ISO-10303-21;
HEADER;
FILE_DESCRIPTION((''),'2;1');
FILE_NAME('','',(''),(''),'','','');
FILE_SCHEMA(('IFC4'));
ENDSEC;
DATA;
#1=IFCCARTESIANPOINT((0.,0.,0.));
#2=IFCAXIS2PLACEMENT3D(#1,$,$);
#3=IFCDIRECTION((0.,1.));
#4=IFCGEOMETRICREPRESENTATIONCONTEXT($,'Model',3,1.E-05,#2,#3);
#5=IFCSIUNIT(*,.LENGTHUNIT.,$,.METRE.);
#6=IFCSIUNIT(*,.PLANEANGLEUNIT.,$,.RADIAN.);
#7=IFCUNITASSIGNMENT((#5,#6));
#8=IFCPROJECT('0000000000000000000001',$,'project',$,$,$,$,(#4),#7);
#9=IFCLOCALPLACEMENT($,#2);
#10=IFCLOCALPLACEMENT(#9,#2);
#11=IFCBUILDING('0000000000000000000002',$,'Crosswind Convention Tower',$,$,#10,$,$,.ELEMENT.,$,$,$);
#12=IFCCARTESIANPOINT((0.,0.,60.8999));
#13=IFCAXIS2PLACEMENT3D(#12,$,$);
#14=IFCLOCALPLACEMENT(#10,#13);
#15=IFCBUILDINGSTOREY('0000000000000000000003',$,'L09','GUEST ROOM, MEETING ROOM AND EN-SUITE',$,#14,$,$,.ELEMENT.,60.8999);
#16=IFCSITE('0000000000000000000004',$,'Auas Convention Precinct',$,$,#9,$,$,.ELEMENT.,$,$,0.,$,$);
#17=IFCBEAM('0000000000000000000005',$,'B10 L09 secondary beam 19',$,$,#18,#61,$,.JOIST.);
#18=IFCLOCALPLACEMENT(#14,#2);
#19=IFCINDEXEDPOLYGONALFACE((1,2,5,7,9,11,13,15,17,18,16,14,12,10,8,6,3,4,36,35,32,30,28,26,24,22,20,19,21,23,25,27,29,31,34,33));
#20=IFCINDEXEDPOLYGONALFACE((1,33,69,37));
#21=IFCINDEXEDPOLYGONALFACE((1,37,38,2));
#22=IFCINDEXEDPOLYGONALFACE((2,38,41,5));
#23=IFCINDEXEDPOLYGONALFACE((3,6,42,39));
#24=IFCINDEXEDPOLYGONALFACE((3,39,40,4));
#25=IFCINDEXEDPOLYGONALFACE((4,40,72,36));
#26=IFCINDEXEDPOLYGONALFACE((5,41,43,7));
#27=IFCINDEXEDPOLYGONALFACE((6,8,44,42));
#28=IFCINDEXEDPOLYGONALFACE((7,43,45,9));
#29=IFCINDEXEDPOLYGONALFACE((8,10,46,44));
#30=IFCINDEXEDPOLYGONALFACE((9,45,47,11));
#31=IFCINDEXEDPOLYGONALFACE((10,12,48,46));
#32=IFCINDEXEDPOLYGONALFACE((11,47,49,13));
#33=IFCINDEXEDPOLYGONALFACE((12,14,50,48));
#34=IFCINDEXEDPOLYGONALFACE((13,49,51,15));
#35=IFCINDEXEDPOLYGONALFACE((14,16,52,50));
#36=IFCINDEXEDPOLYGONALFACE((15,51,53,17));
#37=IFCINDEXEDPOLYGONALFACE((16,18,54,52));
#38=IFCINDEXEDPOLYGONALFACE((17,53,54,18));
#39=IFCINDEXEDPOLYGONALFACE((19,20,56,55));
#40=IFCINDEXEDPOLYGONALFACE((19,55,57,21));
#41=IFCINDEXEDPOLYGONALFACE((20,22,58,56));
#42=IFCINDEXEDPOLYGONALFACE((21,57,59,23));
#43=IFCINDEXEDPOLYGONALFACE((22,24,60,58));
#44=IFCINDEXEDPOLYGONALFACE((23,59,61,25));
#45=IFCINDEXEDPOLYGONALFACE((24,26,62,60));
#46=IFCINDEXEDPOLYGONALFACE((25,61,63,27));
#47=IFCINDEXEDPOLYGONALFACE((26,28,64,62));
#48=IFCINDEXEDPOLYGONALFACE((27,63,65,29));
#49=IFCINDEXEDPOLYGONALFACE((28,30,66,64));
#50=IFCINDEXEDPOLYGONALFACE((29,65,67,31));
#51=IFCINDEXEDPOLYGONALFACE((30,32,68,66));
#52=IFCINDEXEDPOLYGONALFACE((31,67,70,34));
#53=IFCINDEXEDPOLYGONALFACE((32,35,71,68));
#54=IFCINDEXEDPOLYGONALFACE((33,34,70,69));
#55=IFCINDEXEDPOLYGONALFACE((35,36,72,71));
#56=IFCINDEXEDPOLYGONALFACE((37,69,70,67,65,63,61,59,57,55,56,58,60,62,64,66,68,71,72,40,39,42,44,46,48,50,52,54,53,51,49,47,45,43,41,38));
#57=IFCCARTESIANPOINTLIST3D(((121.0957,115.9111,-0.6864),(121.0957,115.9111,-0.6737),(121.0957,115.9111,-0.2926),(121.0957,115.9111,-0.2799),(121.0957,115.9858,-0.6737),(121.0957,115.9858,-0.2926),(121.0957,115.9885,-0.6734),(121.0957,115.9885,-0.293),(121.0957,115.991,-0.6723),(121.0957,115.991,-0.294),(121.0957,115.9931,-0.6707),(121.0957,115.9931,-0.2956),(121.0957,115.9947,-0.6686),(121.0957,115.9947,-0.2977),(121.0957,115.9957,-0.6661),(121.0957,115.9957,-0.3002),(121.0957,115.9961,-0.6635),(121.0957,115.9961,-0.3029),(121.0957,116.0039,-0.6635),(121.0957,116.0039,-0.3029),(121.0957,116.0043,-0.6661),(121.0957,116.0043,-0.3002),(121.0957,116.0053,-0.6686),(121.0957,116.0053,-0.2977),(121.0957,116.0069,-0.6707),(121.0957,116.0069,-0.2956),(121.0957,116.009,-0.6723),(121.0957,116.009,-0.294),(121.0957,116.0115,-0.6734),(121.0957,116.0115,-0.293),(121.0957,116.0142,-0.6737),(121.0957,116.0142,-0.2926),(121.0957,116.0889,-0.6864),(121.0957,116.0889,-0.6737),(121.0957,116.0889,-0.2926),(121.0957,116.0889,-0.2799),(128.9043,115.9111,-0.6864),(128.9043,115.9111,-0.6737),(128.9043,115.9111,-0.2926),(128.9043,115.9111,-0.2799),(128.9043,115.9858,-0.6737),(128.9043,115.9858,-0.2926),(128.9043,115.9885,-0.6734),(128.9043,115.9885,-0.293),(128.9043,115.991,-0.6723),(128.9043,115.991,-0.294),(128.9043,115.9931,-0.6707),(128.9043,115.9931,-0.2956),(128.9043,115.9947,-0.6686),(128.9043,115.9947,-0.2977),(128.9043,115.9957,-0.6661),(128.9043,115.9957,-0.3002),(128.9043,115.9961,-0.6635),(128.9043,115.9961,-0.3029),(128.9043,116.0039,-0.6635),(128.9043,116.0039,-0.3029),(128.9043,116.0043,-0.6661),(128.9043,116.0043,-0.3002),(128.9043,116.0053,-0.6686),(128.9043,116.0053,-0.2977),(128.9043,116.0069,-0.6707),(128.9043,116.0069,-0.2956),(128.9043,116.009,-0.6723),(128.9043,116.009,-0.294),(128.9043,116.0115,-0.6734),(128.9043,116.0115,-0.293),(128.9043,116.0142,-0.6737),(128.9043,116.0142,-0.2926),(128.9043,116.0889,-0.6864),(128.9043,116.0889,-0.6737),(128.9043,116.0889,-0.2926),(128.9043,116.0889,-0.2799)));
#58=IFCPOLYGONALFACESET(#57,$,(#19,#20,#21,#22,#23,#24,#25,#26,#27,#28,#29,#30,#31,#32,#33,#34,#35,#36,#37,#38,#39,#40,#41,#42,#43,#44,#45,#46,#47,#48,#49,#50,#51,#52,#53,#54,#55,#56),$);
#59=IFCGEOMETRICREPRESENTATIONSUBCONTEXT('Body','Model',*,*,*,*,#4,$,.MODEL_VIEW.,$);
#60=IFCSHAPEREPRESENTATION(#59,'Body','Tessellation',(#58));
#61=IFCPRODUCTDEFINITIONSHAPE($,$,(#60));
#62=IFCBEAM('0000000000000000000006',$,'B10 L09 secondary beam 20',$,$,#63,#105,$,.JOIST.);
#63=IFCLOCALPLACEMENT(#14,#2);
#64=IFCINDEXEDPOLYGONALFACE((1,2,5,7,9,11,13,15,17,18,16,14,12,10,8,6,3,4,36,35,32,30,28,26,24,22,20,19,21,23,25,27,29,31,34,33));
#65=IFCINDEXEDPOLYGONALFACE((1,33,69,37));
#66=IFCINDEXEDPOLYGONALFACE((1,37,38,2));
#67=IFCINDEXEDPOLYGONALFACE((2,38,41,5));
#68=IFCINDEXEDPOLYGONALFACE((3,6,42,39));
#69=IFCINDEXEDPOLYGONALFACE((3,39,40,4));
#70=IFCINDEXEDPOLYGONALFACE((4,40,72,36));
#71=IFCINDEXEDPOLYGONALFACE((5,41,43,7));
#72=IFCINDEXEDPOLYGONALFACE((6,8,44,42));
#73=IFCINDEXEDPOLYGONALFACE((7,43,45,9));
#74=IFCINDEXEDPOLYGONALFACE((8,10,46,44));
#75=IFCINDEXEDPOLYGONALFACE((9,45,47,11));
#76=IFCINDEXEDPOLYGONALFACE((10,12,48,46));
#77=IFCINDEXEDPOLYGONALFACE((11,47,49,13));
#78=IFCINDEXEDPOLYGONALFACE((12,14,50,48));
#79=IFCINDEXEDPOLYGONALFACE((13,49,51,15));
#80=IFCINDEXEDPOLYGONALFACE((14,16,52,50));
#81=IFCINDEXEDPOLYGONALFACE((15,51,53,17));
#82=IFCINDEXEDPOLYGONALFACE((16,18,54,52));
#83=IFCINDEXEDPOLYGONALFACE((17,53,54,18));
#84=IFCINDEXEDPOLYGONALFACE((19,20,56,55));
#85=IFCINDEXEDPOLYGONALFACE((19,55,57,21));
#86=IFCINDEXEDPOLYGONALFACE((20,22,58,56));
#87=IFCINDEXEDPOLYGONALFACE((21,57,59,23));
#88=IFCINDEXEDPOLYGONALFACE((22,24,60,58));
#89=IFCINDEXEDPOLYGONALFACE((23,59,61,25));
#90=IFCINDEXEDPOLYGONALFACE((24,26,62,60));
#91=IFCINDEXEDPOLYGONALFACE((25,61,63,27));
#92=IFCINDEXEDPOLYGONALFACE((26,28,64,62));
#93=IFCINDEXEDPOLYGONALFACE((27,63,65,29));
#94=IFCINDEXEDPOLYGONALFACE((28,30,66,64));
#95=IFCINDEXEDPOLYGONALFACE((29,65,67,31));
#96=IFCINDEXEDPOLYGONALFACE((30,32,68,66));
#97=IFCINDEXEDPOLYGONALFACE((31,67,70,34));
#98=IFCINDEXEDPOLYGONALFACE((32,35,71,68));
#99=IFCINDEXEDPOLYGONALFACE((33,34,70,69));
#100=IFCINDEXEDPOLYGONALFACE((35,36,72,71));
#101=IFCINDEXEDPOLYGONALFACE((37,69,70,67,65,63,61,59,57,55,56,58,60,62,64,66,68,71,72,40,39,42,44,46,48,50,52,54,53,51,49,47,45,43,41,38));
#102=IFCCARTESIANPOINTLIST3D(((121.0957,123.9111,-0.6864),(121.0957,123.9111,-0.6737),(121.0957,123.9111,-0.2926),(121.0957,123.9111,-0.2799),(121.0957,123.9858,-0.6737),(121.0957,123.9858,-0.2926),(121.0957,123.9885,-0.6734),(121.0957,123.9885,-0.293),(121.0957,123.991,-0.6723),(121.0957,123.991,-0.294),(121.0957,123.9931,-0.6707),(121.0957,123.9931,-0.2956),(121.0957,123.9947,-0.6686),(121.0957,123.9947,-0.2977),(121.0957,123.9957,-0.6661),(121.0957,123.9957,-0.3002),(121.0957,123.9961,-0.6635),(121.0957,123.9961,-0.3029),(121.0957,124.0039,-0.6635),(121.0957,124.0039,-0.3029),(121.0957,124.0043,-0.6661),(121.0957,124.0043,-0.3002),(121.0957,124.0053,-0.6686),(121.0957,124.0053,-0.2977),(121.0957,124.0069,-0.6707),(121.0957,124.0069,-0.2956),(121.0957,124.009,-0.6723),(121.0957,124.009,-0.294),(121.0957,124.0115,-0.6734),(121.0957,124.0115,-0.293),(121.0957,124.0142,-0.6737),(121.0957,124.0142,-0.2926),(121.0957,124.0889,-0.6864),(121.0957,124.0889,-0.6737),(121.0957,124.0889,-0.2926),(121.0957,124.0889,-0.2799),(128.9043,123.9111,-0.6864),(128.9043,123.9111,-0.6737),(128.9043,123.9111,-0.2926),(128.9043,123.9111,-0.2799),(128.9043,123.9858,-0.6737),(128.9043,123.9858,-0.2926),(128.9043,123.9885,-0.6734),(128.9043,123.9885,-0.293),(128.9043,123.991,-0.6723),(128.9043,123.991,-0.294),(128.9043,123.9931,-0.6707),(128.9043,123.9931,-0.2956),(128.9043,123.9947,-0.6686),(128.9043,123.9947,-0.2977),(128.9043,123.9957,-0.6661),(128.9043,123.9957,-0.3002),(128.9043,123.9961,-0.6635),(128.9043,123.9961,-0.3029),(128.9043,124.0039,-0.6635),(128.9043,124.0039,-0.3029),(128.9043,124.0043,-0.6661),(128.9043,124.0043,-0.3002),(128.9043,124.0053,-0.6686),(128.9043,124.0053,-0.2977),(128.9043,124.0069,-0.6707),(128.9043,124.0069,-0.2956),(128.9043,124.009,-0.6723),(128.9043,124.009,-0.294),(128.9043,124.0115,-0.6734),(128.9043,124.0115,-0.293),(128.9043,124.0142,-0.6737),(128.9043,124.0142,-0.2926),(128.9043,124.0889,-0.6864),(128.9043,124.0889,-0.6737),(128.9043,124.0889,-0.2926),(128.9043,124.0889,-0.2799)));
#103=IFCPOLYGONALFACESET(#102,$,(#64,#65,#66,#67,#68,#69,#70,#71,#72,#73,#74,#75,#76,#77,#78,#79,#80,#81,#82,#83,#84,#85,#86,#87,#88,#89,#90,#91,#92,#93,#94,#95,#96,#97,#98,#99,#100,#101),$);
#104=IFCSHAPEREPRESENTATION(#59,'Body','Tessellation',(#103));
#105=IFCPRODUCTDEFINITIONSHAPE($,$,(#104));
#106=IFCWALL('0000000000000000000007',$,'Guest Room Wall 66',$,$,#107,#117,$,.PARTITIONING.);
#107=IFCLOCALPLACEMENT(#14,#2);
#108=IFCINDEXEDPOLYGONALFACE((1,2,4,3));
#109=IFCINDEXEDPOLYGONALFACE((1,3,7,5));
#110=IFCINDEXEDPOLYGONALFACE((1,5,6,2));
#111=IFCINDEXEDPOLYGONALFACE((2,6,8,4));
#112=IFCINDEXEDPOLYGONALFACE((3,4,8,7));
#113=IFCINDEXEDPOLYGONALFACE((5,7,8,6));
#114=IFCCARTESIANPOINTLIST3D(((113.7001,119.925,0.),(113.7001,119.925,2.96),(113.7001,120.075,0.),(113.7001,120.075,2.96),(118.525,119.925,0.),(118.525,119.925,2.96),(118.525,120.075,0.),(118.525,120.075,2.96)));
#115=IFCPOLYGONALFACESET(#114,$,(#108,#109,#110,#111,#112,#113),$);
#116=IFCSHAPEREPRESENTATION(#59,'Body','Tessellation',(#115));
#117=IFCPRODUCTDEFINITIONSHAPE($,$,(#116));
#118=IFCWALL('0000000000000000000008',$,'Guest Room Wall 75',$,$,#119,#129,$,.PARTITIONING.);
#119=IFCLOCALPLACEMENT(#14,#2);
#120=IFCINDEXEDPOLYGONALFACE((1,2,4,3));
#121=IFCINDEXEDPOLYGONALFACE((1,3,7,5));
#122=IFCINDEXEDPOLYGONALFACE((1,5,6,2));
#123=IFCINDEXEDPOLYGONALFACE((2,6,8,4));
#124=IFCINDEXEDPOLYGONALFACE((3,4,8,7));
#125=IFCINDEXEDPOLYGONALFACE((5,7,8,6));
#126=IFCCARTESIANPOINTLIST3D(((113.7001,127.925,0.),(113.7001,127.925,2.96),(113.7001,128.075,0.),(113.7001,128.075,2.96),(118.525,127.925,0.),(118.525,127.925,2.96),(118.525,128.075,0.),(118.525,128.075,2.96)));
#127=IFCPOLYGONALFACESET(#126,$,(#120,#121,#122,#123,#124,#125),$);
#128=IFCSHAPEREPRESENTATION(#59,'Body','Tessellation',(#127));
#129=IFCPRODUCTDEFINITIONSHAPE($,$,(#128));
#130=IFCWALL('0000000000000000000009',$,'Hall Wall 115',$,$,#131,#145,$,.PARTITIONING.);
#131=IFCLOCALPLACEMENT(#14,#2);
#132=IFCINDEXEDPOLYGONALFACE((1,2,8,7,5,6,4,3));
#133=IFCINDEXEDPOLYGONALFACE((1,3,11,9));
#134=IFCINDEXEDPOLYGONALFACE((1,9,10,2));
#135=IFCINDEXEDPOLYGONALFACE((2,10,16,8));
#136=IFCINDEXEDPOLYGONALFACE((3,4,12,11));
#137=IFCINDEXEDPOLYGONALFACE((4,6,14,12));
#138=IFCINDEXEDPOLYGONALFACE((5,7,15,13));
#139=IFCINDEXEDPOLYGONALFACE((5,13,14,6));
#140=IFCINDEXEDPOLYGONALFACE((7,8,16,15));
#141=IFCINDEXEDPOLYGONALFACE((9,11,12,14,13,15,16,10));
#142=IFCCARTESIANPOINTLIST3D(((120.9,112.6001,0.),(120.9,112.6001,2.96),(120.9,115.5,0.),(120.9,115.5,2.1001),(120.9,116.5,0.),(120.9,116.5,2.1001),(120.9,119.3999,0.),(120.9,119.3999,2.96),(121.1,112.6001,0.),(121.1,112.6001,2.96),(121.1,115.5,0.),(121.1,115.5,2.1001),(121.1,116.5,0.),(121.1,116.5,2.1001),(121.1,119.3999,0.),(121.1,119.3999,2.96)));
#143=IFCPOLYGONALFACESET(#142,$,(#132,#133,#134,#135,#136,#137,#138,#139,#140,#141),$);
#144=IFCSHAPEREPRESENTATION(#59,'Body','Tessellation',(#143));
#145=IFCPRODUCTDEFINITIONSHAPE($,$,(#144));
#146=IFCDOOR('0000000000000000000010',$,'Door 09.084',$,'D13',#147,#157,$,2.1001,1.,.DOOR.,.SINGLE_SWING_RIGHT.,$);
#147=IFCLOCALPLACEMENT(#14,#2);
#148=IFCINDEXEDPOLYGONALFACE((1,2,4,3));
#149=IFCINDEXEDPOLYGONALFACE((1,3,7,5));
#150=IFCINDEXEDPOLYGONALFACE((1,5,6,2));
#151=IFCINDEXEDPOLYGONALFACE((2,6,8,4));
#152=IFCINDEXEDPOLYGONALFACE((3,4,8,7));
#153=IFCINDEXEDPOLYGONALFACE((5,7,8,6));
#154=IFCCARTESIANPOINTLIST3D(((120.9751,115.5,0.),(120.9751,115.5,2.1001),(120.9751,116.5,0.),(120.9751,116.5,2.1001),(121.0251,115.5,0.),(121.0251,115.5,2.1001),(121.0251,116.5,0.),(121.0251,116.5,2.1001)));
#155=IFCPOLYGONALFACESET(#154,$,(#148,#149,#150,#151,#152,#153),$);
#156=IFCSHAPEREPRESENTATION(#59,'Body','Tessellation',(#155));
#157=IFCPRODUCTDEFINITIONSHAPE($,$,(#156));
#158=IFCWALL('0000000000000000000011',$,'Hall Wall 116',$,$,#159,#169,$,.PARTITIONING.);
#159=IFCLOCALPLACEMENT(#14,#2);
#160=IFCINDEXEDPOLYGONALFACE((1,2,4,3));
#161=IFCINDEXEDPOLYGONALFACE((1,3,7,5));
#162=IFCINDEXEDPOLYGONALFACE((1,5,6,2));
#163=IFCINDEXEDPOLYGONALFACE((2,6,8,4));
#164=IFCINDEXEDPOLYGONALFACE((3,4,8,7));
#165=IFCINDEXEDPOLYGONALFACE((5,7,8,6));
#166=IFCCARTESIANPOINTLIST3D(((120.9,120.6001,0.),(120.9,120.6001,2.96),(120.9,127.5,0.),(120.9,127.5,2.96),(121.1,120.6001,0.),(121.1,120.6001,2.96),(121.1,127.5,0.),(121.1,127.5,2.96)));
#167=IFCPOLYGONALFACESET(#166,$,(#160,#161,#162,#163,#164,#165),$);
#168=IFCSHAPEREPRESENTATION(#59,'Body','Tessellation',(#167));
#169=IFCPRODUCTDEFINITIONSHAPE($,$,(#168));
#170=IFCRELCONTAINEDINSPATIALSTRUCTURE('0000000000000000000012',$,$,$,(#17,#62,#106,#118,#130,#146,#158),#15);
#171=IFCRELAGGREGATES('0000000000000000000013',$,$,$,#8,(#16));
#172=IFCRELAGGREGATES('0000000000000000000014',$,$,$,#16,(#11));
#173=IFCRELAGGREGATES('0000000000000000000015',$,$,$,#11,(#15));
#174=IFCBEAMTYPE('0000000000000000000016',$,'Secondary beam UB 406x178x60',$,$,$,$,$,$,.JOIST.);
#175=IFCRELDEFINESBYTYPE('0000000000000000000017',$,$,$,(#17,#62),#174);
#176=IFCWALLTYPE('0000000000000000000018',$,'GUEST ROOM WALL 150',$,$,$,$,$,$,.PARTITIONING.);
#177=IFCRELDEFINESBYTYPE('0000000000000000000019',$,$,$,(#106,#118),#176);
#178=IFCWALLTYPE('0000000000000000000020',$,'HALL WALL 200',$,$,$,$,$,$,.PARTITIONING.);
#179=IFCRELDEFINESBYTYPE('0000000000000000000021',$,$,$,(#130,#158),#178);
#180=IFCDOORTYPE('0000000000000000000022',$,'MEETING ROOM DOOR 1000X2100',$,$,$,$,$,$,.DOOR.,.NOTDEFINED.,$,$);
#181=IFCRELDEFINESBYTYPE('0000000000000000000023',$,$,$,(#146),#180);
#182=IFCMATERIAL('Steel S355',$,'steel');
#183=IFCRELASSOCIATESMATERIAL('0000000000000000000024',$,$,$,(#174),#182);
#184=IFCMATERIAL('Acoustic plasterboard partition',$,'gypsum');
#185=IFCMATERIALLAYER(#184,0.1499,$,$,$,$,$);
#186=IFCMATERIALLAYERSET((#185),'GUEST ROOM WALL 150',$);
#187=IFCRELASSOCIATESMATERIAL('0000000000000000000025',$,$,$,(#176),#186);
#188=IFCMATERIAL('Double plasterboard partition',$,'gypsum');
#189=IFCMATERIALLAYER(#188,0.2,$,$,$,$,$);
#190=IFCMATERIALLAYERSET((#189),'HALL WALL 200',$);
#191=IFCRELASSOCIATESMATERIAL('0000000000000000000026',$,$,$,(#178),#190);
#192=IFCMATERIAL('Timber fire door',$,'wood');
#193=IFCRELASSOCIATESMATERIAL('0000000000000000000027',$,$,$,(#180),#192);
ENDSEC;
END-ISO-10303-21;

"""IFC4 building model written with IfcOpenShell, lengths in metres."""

from ifc_helpers import new_model, si_unit, direction, frame, frame_2d, origin, origin_2d, place, context, subcontext, project, spatial, rectangle, i_section, extrude, material, layer, layer_set, material_profile, profile_set, type_object, element, fill, save


model = new_model("IFC4")

# Units and contexts
model_context = context("Model", 3, precision=1e-05, world=origin(), true_north=direction((0.0, 1.0)))
body_context = subcontext(model_context, "Body", "Model", "MODEL_VIEW")
ifc_project = project(units=[si_unit("LENGTHUNIT", "METRE"), si_unit("PLANEANGLEUNIT", "RADIAN")], contexts=[model_context])

# Site, building, storey
site_placement = place(None, origin())
site = spatial("IfcSite", under=ifc_project, at=site_placement, Name="Auas Convention Precinct", CompositionType="ELEMENT", RefElevation=0.0)
building_placement = place(site_placement, origin())
building = spatial("IfcBuilding", under=site, at=building_placement, Name="Crosswind Convention Tower", CompositionType="ELEMENT")
storey_placement = place(building_placement, frame((0.0, 0.0, 60.8999)))
storey = spatial("IfcBuildingStorey", under=building, at=storey_placement, Name="L09", Description="GUEST ROOM, MEETING ROOM AND EN-SUITE", CompositionType="ELEMENT", Elevation=60.8999)

# Beams
ifc_material_1 = material(Name="Steel S355", Category="steel")
ifc_material_profile_1 = material_profile(ifc_material_1, i_section(OverallWidth=0.1777, OverallDepth=0.4065, WebThickness=0.0078, FlangeThickness=0.0127, FilletRadius=0.0103, at=origin_2d()), Name="UB 406x178x60")
ifc_profile_set_1 = profile_set([ifc_material_profile_1], Name="Steel S355")
beam_type_1 = type_object("IfcBeamType", Name="Secondary beam UB 406x178x60", PredefinedType="JOIST", material=ifc_profile_set_1)
for number, where, z_axis, x_axis, name in (
    (1, (121.0957, 116.0, -0.4832), (1.0, 0.0, 0.0), (0.0, 1.0, 0.0), "B10 L09 secondary beam 19"),
    (2, (121.0957, 124.0, -0.4832), (1.0, 0.0, 0.0), (0.0, 1.0, 0.0), "B10 L09 secondary beam 20"),
):
    element("IfcBeam", number, at=place(storey_placement, frame(where, z_axis=z_axis, x_axis=x_axis)), inside=storey, type_object=beam_type_1, Name=name, PredefinedType="JOIST", context=body_context, shape_type="SweptSolid", body=[
        extrude(i_section(OverallWidth=0.1777, OverallDepth=0.4065, WebThickness=0.0078, FlangeThickness=0.0127, FilletRadius=0.0103, at=origin_2d()), origin(), (0.0, 0.0, 1.0), 7.8086),
    ])

# Walls
ifc_material_2 = material(Name="Acoustic plasterboard partition", Category="gypsum")
ifc_layer_1 = layer(ifc_material_2, 0.1499)
ifc_layer_set_1 = layer_set([ifc_layer_1], Name="GUEST ROOM WALL 150")
wall_type_1 = type_object("IfcWallType", Name="GUEST ROOM WALL 150", PredefinedType="PARTITIONING", material=ifc_layer_set_1)
for number, where, z_axis, x_axis, name in (
    (3, (113.7, 120.0, 0.0), (0.0, 0.0, 1.0), (1.0, 0.0, 0.0), "Guest Room Wall 66"),
    (4, (113.7, 128.0, 0.0), (0.0, 0.0, 1.0), (1.0, 0.0, 0.0), "Guest Room Wall 75"),
):
    element("IfcWall", number, at=place(storey_placement, frame(where, z_axis=z_axis, x_axis=x_axis)), inside=storey, type_object=wall_type_1, Name=name, PredefinedType="PARTITIONING", context=body_context, shape_type="SweptSolid", body=[
        extrude(rectangle(XDim=4.825, YDim=0.1499, at=frame_2d((2.4126, 0.0))), origin(), (0.0, 0.0, 1.0), 2.96),
    ])

# Wall, opening, door
ifc_material_3 = material(Name="Double plasterboard partition", Category="gypsum")
ifc_layer_2 = layer(ifc_material_3, 0.2)
ifc_layer_set_2 = layer_set([ifc_layer_2], Name="HALL WALL 200")
wall_type_2 = type_object("IfcWallType", Name="HALL WALL 200", PredefinedType="PARTITIONING", material=ifc_layer_set_2)
wall_1_placement = place(storey_placement, frame((121.0, 112.6001, 0.0), z_axis=(0.0, 0.0, 1.0), x_axis=(0.0, 1.0, 0.0)))
wall_1 = element("IfcWall", 5, at=wall_1_placement, inside=storey, type_object=wall_type_2, Name="Hall Wall 115", PredefinedType="PARTITIONING", context=body_context, shape_type="SweptSolid", body=[
    extrude(rectangle(XDim=6.7998, YDim=0.2, at=frame_2d((3.3999, 0.0))), origin(), (0.0, 0.0, 1.0), 2.96),
])
opening_1_placement = place(wall_1_placement, frame((2.8999, 0.0, 0.0)))
opening_1 = element("IfcOpeningElement", 6, at=opening_1_placement, cuts=wall_1, PredefinedType="OPENING", context=body_context, shape_type="SweptSolid", body=[
    extrude(rectangle(XDim=1.0, YDim=2.1001, at=frame_2d((0.5, 1.05))), frame((0.0, 0.1099, 0.0), z_axis=(0.0, -1.0, 0.0), x_axis=(1.0, 0.0, 0.0)), (0.0, 0.0, 1.0), 0.22),
])
ifc_material_4 = material(Name="Timber fire door", Category="wood")
door_type_1 = type_object("IfcDoorType", Name="MEETING ROOM DOOR 1000X2100", OperationType="NOTDEFINED", PredefinedType="DOOR", material=ifc_material_4)
door_1_placement = place(opening_1_placement, origin())
door_1 = element("IfcDoor", 7, at=door_1_placement, inside=storey, type_object=door_type_1, Name="Door 09.084", ObjectType="D13", OperationType="SINGLE_SWING_RIGHT", OverallHeight=2.1001, OverallWidth=1.0, PredefinedType="DOOR", context=body_context, shape_type="SweptSolid", body=[
    extrude(rectangle(XDim=1.0, YDim=2.1001, at=frame_2d((0.5, 1.05))), frame((0.0, 0.0249, 0.0), z_axis=(0.0, -1.0, 0.0), x_axis=(1.0, 0.0, 0.0)), (0.0, 0.0, 1.0), 0.05),
])
fill(opening_1, door_1)

# Wall
wall_2_placement = place(storey_placement, frame((121.0, 120.6001, 0.0), z_axis=(0.0, 0.0, 1.0), x_axis=(0.0, 1.0, 0.0)))
element("IfcWall", 8, at=wall_2_placement, inside=storey, type_object=wall_type_2, Name="Hall Wall 116", PredefinedType="PARTITIONING", context=body_context, shape_type="SweptSolid", body=[
    extrude(rectangle(XDim=6.8999, YDim=0.2, at=frame_2d((3.45, 0.0))), origin(), (0.0, 0.0, 1.0), 2.96),
])

save(model, "model.ifc")
